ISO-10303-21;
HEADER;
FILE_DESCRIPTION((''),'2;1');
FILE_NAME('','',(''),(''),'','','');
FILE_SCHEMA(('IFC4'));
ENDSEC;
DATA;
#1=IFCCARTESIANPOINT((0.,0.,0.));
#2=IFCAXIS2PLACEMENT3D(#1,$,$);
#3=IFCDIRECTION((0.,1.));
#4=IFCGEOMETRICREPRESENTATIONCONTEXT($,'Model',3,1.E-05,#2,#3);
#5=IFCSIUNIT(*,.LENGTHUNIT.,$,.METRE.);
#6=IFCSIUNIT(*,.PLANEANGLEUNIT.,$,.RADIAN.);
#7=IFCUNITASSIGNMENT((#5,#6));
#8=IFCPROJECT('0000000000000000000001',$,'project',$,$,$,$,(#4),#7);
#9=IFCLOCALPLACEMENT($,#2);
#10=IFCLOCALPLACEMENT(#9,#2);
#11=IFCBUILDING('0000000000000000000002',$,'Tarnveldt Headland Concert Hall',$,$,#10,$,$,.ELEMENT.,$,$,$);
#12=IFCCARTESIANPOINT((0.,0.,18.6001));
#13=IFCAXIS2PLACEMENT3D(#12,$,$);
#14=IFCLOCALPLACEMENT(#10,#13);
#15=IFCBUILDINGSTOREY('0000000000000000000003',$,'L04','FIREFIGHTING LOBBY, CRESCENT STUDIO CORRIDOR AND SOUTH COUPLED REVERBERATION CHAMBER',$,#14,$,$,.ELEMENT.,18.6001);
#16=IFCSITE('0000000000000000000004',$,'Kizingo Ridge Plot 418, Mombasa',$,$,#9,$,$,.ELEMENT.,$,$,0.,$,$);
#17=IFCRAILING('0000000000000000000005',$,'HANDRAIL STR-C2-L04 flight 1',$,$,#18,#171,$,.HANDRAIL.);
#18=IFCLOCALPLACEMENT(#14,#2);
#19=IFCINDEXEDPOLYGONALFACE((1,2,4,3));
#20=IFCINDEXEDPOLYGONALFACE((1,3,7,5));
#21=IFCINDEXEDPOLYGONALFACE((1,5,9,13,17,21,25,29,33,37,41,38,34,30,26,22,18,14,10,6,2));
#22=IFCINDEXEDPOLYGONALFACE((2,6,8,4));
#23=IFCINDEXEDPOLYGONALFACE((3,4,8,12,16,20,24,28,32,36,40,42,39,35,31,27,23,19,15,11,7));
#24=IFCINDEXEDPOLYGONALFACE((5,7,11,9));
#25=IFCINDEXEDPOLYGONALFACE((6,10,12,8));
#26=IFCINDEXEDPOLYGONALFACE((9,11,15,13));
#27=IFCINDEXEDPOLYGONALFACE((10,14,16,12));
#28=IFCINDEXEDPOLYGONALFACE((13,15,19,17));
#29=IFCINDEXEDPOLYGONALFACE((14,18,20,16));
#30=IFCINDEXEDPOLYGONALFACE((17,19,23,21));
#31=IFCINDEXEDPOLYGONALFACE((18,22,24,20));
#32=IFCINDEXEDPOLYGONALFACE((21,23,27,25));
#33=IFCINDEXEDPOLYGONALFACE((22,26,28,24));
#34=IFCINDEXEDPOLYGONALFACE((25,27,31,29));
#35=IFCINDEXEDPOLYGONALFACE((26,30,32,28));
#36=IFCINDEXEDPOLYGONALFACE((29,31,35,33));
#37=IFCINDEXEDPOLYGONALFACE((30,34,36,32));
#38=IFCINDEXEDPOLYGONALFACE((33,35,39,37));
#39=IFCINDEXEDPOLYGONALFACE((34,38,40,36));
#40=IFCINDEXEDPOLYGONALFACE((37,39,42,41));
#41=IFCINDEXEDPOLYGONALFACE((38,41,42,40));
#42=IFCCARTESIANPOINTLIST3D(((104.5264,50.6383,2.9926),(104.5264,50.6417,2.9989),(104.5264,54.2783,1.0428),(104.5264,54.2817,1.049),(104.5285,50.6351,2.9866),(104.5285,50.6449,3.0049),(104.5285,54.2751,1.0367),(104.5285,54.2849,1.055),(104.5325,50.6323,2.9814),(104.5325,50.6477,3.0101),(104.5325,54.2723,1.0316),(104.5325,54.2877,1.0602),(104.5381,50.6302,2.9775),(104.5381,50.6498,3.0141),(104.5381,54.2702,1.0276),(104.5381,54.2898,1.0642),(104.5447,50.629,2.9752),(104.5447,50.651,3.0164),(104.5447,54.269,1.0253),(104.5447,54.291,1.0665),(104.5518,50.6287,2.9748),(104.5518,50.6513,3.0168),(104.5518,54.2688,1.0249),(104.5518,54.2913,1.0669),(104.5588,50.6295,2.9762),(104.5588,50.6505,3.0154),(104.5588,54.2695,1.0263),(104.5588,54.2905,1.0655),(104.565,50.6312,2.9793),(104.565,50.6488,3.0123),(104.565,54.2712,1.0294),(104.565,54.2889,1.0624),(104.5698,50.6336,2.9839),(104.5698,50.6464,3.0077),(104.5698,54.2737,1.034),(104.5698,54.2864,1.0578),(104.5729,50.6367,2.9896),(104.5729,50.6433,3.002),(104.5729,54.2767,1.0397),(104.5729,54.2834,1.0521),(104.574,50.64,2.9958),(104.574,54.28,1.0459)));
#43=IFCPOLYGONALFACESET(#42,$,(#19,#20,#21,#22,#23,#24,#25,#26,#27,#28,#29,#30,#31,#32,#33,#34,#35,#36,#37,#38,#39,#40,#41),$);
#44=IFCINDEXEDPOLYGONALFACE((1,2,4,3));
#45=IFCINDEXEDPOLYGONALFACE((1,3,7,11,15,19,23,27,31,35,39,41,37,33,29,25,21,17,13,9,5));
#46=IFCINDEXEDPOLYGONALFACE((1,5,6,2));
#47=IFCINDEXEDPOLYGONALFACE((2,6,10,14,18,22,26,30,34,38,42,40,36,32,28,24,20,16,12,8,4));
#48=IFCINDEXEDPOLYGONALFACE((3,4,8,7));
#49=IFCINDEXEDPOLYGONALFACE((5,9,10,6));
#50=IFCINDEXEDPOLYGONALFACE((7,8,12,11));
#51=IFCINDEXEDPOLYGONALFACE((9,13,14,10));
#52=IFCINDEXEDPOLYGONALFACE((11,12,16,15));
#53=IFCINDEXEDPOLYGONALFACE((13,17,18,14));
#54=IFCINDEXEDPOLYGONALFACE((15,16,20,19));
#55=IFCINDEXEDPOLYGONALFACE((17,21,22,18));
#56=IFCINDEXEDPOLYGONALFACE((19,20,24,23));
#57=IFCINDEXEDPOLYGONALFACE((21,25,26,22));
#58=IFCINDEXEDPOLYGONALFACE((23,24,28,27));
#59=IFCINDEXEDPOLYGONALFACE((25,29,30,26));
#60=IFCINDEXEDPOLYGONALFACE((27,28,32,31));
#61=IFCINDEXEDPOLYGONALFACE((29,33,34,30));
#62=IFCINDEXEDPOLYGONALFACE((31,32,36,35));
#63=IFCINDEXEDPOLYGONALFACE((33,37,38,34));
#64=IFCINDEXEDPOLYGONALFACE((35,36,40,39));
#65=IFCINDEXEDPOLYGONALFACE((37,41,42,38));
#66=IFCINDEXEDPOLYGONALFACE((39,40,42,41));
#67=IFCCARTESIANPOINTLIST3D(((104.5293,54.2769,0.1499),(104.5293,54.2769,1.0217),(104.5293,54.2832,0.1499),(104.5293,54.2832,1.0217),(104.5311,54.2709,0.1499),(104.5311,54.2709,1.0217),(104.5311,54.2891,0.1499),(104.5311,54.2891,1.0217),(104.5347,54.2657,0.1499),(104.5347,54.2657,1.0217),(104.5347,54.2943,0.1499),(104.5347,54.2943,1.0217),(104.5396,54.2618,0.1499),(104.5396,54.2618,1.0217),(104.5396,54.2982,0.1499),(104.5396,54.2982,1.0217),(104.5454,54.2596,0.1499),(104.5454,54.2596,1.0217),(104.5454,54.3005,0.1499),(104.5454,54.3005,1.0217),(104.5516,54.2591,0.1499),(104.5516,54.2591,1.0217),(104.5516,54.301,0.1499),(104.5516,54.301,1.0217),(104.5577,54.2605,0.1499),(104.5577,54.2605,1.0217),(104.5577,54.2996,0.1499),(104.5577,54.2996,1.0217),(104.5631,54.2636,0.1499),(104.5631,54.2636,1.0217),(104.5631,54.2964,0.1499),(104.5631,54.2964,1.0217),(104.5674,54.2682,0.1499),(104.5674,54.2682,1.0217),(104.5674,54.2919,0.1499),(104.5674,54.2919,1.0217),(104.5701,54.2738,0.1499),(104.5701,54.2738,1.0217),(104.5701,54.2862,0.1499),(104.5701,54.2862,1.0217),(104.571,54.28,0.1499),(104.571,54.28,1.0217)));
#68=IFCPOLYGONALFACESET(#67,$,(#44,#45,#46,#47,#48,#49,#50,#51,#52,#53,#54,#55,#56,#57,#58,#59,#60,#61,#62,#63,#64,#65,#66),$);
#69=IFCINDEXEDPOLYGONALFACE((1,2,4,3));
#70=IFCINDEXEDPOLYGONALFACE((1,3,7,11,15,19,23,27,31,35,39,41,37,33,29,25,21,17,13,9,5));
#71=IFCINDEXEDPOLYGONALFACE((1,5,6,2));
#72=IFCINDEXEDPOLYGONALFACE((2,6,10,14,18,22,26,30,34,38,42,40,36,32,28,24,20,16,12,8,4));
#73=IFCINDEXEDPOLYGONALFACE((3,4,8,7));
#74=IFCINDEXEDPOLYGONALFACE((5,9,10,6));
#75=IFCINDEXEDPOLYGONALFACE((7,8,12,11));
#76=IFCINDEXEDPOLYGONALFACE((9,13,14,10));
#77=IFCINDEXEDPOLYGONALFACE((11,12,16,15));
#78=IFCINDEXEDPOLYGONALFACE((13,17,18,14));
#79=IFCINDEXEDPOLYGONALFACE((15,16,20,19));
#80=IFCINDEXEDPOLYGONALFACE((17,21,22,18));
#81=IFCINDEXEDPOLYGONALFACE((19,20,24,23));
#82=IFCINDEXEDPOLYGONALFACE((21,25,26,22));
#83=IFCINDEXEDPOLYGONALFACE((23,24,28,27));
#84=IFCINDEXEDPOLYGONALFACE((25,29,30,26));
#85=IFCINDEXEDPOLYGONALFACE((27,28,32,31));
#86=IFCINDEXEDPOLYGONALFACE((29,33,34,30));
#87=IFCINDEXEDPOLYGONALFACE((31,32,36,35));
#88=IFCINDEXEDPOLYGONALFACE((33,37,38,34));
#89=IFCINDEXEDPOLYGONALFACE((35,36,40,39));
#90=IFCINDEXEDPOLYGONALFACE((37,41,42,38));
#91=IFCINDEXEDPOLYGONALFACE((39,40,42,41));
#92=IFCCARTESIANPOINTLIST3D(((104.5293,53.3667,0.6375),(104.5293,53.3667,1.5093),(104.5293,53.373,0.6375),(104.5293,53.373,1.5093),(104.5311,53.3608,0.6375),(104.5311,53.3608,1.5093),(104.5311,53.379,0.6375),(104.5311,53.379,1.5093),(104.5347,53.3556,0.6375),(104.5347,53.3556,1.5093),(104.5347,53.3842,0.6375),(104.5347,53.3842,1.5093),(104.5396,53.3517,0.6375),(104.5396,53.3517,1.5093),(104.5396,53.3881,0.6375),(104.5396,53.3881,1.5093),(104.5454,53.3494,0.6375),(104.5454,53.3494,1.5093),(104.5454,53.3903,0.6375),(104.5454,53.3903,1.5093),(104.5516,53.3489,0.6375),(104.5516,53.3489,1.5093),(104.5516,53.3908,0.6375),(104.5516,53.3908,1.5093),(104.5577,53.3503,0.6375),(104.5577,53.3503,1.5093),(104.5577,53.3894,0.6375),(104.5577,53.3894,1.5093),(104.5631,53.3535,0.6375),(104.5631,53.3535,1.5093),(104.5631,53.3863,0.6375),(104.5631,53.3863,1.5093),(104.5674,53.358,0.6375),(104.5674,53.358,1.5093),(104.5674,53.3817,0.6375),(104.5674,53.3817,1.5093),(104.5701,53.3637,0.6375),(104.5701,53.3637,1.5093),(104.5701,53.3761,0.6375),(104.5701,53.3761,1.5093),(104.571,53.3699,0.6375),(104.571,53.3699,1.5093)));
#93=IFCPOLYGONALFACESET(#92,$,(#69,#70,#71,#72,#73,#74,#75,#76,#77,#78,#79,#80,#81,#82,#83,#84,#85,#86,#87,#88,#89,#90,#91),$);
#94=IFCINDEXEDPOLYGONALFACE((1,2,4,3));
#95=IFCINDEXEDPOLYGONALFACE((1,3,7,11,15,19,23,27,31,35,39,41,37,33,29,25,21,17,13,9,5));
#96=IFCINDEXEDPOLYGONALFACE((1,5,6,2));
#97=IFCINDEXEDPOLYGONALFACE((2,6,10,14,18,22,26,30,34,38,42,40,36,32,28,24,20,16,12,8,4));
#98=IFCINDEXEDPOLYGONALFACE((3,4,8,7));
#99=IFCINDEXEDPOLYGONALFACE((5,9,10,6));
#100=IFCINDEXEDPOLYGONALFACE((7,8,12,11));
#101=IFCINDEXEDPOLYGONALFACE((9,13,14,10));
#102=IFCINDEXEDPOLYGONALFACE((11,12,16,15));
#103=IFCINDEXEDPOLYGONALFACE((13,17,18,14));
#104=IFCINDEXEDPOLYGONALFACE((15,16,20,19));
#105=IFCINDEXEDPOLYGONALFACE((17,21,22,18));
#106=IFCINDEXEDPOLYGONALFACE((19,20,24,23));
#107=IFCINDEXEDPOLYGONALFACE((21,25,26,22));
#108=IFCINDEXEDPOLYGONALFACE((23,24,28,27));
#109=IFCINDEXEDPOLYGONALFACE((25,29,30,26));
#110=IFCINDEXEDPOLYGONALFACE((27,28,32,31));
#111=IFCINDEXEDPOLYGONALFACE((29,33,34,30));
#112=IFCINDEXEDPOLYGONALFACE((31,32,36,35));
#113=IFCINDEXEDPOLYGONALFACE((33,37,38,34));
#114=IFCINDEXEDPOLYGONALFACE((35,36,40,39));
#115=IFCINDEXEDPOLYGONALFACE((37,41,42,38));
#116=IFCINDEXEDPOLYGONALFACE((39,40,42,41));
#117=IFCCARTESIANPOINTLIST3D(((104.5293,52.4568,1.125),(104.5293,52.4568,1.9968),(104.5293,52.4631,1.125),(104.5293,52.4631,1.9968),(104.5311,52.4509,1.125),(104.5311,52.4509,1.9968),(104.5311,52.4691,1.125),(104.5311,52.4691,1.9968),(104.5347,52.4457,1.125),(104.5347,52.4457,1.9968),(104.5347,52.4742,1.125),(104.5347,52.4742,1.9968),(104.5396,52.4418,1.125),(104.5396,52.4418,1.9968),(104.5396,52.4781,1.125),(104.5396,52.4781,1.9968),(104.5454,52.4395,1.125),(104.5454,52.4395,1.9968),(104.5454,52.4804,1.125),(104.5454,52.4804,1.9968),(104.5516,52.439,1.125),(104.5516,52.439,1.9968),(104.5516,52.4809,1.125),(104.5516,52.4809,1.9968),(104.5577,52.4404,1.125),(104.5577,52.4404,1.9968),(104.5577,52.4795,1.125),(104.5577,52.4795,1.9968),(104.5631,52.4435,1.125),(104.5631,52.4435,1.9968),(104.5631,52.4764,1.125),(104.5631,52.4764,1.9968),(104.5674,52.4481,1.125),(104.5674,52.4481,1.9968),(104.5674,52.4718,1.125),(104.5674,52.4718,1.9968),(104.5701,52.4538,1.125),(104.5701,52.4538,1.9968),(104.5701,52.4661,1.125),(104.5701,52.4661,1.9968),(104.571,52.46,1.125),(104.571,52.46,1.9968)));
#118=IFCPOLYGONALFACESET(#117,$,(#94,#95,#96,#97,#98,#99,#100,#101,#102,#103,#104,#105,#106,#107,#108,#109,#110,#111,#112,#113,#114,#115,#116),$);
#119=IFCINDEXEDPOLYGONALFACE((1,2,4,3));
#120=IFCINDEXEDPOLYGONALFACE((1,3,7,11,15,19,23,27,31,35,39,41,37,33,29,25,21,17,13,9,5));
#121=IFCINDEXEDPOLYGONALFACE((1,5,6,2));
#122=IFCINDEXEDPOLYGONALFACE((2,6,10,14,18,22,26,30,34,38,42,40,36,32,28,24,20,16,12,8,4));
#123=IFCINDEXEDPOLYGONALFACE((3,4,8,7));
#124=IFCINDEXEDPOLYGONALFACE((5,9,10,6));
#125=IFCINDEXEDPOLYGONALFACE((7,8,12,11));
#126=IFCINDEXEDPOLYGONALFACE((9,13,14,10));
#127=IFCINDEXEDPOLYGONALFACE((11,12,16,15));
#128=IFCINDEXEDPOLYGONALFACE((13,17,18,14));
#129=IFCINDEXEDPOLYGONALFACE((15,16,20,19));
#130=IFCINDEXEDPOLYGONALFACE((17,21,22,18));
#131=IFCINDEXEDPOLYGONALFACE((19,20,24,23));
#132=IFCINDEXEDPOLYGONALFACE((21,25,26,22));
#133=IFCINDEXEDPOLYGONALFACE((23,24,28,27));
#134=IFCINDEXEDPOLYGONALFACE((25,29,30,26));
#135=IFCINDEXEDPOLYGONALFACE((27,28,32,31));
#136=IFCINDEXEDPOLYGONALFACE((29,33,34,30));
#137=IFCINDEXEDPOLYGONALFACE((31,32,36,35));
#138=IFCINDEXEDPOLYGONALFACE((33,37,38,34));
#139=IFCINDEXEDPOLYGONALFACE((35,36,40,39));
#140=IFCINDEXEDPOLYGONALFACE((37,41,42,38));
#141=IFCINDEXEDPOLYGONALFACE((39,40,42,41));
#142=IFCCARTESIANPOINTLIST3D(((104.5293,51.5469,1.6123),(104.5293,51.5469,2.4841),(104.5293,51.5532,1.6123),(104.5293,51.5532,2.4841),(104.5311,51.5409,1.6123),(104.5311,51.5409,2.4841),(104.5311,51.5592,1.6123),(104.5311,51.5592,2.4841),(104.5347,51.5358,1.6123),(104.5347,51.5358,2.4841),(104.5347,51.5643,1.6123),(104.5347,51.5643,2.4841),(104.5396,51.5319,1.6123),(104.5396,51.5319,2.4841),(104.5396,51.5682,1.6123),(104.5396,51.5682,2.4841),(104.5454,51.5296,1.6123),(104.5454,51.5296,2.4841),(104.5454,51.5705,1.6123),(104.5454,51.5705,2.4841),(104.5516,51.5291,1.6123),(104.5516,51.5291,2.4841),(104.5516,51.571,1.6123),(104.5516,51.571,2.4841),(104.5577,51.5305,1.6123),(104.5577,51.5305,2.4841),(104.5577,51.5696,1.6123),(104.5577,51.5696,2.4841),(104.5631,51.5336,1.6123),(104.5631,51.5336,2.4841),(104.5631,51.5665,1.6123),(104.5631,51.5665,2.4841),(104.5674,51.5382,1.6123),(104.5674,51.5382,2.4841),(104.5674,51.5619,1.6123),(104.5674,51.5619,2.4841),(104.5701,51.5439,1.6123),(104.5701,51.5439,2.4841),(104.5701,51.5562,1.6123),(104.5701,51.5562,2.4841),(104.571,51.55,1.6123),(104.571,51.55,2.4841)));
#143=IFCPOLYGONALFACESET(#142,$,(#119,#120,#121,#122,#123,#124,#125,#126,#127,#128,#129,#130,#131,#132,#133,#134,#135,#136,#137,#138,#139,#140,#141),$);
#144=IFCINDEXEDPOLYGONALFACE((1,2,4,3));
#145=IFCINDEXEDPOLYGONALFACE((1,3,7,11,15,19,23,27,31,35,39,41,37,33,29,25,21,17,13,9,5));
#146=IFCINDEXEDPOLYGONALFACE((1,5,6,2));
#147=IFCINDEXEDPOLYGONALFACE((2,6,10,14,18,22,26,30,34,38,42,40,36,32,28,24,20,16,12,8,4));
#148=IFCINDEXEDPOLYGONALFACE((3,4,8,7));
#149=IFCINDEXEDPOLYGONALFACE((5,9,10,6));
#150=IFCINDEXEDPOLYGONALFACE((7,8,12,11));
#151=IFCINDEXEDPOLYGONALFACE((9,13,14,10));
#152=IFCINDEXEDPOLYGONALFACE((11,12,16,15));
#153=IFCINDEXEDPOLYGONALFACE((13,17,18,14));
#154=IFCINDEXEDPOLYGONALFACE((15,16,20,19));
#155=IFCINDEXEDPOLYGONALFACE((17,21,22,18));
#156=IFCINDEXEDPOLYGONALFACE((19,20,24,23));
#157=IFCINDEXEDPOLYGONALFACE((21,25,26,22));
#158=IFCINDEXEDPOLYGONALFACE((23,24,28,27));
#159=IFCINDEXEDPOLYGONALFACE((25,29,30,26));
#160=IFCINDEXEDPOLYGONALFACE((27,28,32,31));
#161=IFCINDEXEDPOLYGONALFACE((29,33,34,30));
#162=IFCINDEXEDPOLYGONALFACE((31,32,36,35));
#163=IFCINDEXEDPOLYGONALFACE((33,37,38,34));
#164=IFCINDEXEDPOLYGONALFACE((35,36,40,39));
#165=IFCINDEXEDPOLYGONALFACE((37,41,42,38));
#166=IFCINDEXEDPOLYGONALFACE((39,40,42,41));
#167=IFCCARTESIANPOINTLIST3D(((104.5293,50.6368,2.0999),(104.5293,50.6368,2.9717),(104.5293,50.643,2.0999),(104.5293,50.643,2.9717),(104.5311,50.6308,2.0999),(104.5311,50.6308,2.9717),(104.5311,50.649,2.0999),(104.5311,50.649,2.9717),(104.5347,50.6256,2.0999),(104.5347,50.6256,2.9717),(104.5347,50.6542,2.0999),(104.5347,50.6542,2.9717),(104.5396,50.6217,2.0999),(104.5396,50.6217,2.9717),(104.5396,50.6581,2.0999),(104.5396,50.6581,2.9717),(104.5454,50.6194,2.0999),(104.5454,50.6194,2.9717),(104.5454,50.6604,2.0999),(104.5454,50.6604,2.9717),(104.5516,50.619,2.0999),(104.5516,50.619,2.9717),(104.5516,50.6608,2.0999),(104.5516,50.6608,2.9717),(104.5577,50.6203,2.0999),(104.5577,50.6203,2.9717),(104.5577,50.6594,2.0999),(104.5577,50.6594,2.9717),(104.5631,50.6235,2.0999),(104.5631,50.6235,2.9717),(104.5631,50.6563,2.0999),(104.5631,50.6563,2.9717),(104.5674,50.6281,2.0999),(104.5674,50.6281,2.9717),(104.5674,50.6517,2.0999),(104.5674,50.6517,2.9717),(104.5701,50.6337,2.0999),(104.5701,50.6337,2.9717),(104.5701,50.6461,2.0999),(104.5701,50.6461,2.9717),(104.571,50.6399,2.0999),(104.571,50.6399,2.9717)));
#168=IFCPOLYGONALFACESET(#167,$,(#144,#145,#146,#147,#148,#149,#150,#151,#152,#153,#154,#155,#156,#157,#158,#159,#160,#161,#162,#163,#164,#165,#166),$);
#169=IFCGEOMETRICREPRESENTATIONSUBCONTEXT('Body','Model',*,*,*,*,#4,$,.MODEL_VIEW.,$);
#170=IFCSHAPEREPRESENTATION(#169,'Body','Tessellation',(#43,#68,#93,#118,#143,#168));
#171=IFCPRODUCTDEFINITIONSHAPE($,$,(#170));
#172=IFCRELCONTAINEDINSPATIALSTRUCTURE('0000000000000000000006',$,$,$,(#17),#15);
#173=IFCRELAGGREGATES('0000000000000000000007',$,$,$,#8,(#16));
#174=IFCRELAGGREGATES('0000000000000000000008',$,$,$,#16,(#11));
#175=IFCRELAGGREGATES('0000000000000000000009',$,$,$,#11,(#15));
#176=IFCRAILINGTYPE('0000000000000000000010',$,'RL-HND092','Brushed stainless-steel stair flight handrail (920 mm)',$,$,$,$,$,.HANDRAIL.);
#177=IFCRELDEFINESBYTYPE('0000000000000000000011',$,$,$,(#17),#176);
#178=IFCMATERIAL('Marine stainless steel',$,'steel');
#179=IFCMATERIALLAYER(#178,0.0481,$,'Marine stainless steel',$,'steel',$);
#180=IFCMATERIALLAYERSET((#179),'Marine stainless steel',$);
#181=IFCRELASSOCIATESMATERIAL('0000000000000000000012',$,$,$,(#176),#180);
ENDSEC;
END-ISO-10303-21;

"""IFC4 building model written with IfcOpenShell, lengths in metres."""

from ifc_helpers import new_model, si_unit, direction, frame, origin, origin_2d, place, context, subcontext, project, spatial, circle, extrude, material, layer, layer_set, type_object, element, save


model = new_model("IFC4")

# Units and contexts
model_context = context("Model", 3, precision=1e-05, world=origin(), true_north=direction((0.0, 1.0)))
body_context = subcontext(model_context, "Body", "Model", "MODEL_VIEW")
ifc_project = project(units=[si_unit("LENGTHUNIT", "METRE"), si_unit("PLANEANGLEUNIT", "RADIAN")], contexts=[model_context])

# Site, building, storey
site_placement = place(None, origin())
site = spatial("IfcSite", under=ifc_project, at=site_placement, Name="Kizingo Ridge Plot 418, Mombasa", CompositionType="ELEMENT", RefElevation=0.0)
building_placement = place(site_placement, origin())
building = spatial("IfcBuilding", under=site, at=building_placement, Name="Tarnveldt Headland Concert Hall", CompositionType="ELEMENT")
storey_placement = place(building_placement, frame((0.0, 0.0, 18.6001)))
storey = spatial("IfcBuildingStorey", under=building, at=storey_placement, Name="L04", Description="FIREFIGHTING LOBBY, CRESCENT STUDIO CORRIDOR AND SOUTH COUPLED REVERBERATION CHAMBER", CompositionType="ELEMENT", Elevation=18.6001)

# Railing
ifc_material_1 = material(Name="Marine stainless steel", Category="steel")
ifc_layer_1 = layer(ifc_material_1, 0.0481, Name="Marine stainless steel", Category="steel")
ifc_layer_set_1 = layer_set([ifc_layer_1], Name="Marine stainless steel")
railing_type_1 = type_object("IfcRailingType", Name="RL-HND092", Description="Brushed stainless-steel stair flight handrail (920 mm)", PredefinedType="HANDRAIL", material=ifc_layer_set_1)
railing_1_placement = place(storey_placement, frame((104.55, 54.28, 0.1499)))
element("IfcRailing", 1, at=railing_1_placement, inside=storey, type_object=railing_type_1, Name="HANDRAIL STR-C2-L04 flight 1", PredefinedType="HANDRAIL", context=body_context, shape_type="SweptSolid", body=[
    extrude(circle(Radius=0.0239, at=origin_2d()), frame((0.0, 0.0, 0.896), z_axis=(0.0, -0.881492, 0.472198), x_axis=(1.0, 0.0, 0.0)), (0.0, 0.0, 1.0), 4.1294),
    extrude(circle(Radius=0.021, at=origin_2d()), origin(), (0.0, 0.0, 1.0), 0.8718),
    extrude(circle(Radius=0.021, at=origin_2d()), frame((0.0, -0.9102, 0.4875)), (0.0, 0.0, 1.0), 0.8718),
    extrude(circle(Radius=0.021, at=origin_2d()), frame((0.0, -1.8201, 0.9751)), (0.0, 0.0, 1.0), 0.8718),
    extrude(circle(Radius=0.021, at=origin_2d()), frame((0.0, -2.73, 1.4624)), (0.0, 0.0, 1.0), 0.8718),
    extrude(circle(Radius=0.021, at=origin_2d()), frame((0.0, -3.6401, 1.95)), (0.0, 0.0, 1.0), 0.8718),
])

save(model, "model.ifc")
